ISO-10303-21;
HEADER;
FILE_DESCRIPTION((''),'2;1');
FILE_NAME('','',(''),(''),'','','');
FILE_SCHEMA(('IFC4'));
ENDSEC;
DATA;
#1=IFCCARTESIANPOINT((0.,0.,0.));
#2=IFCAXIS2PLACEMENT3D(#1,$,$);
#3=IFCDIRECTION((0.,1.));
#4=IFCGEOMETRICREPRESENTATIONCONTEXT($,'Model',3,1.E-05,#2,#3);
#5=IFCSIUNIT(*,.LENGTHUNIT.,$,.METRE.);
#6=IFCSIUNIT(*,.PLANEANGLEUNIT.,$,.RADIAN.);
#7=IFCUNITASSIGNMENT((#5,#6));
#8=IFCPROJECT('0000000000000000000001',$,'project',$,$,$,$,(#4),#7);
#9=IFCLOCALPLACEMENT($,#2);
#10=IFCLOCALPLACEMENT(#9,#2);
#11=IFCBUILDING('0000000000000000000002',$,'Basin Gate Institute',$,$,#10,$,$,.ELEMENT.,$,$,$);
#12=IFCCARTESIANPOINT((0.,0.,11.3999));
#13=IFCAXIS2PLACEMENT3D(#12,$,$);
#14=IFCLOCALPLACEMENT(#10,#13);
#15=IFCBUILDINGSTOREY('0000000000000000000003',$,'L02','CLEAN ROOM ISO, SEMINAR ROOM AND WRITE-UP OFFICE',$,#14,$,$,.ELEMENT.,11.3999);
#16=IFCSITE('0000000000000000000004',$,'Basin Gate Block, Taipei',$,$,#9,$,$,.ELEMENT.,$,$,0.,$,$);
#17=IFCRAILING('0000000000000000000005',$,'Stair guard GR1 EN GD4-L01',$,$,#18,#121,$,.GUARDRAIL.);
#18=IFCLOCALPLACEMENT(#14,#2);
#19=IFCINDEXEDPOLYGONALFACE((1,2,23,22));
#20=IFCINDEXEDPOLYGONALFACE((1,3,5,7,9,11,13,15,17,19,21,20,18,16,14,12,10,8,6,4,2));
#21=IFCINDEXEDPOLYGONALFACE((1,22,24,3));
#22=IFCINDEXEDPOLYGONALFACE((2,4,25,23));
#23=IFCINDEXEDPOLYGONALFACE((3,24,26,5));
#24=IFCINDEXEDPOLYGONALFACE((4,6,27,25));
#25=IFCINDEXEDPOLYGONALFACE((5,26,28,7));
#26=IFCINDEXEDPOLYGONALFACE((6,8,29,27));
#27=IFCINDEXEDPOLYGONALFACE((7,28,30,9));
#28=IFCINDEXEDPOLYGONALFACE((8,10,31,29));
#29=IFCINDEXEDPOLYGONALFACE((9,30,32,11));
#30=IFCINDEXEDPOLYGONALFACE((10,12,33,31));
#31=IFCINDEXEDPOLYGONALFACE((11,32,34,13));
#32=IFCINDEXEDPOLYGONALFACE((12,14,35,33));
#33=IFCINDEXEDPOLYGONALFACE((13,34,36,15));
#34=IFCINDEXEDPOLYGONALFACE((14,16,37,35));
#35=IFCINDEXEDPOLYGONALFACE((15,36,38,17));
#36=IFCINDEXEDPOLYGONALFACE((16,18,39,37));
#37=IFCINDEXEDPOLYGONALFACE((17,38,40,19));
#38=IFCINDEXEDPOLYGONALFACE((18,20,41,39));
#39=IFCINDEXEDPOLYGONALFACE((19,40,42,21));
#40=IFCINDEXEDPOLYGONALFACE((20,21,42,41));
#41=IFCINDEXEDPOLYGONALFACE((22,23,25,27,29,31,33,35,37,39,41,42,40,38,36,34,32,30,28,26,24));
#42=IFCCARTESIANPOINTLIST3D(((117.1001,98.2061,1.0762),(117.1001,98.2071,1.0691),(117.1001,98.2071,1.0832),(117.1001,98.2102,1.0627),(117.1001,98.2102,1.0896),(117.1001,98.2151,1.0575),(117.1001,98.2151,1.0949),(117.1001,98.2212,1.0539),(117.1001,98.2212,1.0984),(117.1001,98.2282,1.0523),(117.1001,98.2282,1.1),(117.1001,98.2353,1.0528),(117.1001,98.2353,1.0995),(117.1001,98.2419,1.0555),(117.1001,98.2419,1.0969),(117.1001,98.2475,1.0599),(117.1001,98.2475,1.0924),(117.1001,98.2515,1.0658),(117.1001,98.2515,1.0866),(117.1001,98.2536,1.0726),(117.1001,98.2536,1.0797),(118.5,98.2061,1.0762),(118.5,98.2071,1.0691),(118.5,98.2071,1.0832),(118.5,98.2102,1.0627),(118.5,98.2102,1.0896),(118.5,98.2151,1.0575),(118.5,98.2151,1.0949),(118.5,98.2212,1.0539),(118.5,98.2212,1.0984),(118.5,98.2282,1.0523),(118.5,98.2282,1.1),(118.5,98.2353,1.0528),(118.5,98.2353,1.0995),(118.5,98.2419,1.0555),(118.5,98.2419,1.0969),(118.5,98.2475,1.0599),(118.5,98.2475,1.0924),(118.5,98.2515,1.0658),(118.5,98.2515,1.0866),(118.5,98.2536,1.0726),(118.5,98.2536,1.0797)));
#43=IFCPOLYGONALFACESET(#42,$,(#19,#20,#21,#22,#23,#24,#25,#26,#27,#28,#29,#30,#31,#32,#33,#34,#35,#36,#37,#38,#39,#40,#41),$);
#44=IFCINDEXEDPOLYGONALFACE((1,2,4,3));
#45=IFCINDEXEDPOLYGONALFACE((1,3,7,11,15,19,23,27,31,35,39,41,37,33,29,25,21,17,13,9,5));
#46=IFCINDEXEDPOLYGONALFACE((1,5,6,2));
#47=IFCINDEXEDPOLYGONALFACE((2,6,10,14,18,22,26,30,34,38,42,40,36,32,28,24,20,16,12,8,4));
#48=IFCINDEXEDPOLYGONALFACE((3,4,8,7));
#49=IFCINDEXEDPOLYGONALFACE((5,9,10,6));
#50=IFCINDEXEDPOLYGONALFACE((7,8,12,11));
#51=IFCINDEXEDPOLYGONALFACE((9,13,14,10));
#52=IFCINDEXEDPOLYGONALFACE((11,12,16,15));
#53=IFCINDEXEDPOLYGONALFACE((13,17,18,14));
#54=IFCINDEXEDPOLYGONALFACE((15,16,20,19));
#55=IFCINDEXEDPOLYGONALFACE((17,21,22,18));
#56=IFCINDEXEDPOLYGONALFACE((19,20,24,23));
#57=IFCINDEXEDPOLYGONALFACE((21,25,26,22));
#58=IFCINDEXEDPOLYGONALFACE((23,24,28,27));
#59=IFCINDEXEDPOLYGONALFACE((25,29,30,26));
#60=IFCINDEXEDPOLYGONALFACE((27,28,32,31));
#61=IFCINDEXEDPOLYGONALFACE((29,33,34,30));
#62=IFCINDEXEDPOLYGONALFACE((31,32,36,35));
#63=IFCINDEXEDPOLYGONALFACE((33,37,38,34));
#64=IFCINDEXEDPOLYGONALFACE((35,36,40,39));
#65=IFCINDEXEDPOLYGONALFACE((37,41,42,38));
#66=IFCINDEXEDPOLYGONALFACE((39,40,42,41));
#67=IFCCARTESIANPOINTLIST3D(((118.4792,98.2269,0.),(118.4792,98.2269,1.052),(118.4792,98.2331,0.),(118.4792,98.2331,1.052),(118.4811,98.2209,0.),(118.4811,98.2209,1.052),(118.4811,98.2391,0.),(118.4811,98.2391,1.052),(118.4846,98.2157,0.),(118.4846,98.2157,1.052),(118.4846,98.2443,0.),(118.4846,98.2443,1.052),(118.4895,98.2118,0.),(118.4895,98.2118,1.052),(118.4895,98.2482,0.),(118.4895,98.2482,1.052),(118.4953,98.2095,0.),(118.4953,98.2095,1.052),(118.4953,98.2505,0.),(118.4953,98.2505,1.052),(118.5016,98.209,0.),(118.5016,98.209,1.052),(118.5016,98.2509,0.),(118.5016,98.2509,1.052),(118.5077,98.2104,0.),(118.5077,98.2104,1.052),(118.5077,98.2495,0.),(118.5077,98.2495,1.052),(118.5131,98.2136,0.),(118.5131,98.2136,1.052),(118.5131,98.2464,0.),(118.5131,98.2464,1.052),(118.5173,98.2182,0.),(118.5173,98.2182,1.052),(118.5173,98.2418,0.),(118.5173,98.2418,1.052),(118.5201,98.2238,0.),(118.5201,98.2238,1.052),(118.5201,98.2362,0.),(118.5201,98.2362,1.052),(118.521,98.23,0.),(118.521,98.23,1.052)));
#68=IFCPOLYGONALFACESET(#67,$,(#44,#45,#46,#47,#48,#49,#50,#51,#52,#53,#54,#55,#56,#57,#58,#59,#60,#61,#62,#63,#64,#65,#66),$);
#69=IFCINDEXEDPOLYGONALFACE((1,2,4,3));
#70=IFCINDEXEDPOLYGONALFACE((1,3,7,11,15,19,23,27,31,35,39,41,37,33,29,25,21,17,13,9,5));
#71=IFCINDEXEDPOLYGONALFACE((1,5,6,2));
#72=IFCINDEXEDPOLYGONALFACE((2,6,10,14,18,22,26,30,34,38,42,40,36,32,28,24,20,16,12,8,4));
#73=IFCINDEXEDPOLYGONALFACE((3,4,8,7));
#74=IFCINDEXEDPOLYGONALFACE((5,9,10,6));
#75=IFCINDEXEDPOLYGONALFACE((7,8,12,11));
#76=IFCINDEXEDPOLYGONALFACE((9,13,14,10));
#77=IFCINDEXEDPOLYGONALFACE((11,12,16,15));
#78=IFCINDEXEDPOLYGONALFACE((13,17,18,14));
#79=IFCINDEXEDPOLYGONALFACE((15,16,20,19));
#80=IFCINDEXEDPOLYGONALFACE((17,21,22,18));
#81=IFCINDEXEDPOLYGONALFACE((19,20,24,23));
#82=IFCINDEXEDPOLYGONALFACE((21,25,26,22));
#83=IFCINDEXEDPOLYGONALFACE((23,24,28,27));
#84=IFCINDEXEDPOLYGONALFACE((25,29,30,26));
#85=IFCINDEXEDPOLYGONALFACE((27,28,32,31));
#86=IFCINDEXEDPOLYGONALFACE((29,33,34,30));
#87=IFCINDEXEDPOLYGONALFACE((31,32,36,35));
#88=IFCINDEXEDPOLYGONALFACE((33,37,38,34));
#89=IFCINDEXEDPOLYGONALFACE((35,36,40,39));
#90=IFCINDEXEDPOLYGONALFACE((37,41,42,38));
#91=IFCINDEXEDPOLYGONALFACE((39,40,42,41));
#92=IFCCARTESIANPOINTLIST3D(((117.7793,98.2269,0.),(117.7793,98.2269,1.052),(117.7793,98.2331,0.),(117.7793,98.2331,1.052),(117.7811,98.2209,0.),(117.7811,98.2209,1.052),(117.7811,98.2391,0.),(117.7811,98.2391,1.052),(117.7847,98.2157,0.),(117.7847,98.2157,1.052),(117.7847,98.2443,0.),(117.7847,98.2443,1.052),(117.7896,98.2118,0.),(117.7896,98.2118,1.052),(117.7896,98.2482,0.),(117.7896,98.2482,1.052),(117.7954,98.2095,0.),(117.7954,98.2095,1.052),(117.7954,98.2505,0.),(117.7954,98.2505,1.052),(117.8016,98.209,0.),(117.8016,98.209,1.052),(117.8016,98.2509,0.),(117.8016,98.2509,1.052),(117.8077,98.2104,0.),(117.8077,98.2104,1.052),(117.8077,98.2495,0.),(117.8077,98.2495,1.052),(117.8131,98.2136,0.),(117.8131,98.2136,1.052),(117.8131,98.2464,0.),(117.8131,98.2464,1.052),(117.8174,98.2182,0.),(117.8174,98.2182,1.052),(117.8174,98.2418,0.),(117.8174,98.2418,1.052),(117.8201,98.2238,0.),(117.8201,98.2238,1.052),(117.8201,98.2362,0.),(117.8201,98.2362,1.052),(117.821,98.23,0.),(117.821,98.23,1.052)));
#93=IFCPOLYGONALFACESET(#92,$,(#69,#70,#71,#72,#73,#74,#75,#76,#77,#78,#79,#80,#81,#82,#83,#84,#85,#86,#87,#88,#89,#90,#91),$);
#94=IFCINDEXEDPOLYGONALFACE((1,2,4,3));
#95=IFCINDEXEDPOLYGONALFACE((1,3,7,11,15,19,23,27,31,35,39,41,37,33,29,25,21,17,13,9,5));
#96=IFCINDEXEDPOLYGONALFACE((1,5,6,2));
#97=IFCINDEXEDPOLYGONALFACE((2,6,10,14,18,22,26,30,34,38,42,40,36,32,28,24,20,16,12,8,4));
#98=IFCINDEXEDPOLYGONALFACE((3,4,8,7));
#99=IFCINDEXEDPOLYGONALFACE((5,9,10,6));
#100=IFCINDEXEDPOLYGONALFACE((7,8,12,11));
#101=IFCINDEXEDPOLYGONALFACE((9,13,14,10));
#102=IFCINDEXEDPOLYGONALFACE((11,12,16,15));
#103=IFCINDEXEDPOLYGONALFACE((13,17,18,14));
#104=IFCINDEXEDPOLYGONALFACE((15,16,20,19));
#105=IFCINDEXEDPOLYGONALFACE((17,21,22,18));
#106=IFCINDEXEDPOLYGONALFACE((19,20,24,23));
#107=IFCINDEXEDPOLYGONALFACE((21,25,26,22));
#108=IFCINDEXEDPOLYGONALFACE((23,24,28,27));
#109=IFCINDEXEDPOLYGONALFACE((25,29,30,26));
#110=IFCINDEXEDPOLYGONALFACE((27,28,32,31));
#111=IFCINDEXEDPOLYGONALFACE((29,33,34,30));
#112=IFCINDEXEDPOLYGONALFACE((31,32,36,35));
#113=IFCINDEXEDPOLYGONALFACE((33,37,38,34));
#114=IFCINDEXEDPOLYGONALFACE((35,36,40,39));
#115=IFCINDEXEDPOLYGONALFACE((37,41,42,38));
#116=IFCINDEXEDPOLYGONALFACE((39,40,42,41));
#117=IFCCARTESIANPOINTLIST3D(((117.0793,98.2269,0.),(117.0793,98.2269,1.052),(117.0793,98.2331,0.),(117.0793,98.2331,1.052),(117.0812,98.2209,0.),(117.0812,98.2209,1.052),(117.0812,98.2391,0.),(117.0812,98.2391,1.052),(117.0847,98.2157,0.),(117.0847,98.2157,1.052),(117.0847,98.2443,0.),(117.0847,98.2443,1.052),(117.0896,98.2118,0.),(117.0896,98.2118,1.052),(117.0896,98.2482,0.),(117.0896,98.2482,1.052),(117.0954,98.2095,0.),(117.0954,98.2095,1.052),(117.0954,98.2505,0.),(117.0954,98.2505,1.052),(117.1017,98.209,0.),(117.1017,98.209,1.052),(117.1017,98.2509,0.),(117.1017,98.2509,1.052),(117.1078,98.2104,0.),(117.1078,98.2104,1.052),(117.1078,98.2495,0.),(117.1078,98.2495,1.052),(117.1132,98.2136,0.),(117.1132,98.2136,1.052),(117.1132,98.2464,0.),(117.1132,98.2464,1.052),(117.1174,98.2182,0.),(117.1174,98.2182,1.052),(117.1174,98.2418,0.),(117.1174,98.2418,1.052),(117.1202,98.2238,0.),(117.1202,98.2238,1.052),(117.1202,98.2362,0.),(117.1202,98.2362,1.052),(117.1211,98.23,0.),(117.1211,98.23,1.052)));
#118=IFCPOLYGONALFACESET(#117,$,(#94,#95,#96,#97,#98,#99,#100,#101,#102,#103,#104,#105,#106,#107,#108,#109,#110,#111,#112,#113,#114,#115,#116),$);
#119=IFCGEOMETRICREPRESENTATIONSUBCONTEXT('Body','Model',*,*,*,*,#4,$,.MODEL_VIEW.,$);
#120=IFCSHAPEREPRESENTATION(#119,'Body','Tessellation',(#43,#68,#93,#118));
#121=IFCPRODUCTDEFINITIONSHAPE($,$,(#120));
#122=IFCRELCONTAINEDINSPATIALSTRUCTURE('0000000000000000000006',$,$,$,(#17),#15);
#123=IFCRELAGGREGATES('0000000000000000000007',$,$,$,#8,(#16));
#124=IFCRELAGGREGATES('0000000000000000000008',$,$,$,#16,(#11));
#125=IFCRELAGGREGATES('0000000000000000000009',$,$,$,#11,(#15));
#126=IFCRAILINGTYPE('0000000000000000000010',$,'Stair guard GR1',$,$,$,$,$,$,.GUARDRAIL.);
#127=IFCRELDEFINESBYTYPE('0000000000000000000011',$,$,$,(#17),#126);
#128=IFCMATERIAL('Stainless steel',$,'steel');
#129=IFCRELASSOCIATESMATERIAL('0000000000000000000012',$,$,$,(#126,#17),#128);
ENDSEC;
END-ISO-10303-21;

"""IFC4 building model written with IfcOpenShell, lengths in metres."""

from ifc_helpers import new_model, si_unit, direction, frame, origin, origin_2d, place, context, subcontext, project, spatial, circle, extrude, material, type_object, element, save


model = new_model("IFC4")

# Units and contexts
model_context = context("Model", 3, precision=1e-05, world=origin(), true_north=direction((0.0, 1.0)))
body_context = subcontext(model_context, "Body", "Model", "MODEL_VIEW")
ifc_project = project(units=[si_unit("LENGTHUNIT", "METRE"), si_unit("PLANEANGLEUNIT", "RADIAN")], contexts=[model_context])

# Site, building, storey
site_placement = place(None, origin())
site = spatial("IfcSite", under=ifc_project, at=site_placement, Name="Basin Gate Block, Taipei", CompositionType="ELEMENT", RefElevation=0.0)
building_placement = place(site_placement, origin())
building = spatial("IfcBuilding", under=site, at=building_placement, Name="Basin Gate Institute", CompositionType="ELEMENT")
storey_placement = place(building_placement, frame((0.0, 0.0, 11.3999)))
storey = spatial("IfcBuildingStorey", under=building, at=storey_placement, Name="L02", Description="CLEAN ROOM ISO, SEMINAR ROOM AND WRITE-UP OFFICE", CompositionType="ELEMENT", Elevation=11.3999)

# Railing
ifc_material_1 = material(Name="Stainless steel", Category="steel")
railing_type_1 = type_object("IfcRailingType", Name="Stair guard GR1", PredefinedType="GUARDRAIL", material=ifc_material_1)
railing_1_placement = place(storey_placement, frame((118.5, 98.23, 0.0)))
element("IfcRailing", 1, at=railing_1_placement, inside=storey, type_object=railing_type_1, material=ifc_material_1, Name="Stair guard GR1 EN GD4-L01", PredefinedType="GUARDRAIL", context=body_context, shape_type="SweptSolid", body=[
    extrude(circle(Radius=0.0239, at=origin_2d()), frame((0.0, 0.0, 1.0762), z_axis=(-1.0, 0.0, 0.0), x_axis=(0.0, -1.0, 0.0)), (0.0, 0.0, 1.0), 1.3999),
    extrude(circle(Radius=0.021, at=origin_2d()), origin(), (0.0, 0.0, 1.0), 1.052),
    extrude(circle(Radius=0.021, at=origin_2d()), frame((-0.7, 0.0, 0.0)), (0.0, 0.0, 1.0), 1.052),
    extrude(circle(Radius=0.021, at=origin_2d()), frame((-1.3999, 0.0, 0.0)), (0.0, 0.0, 1.0), 1.052),
])

save(model, "model.ifc")
